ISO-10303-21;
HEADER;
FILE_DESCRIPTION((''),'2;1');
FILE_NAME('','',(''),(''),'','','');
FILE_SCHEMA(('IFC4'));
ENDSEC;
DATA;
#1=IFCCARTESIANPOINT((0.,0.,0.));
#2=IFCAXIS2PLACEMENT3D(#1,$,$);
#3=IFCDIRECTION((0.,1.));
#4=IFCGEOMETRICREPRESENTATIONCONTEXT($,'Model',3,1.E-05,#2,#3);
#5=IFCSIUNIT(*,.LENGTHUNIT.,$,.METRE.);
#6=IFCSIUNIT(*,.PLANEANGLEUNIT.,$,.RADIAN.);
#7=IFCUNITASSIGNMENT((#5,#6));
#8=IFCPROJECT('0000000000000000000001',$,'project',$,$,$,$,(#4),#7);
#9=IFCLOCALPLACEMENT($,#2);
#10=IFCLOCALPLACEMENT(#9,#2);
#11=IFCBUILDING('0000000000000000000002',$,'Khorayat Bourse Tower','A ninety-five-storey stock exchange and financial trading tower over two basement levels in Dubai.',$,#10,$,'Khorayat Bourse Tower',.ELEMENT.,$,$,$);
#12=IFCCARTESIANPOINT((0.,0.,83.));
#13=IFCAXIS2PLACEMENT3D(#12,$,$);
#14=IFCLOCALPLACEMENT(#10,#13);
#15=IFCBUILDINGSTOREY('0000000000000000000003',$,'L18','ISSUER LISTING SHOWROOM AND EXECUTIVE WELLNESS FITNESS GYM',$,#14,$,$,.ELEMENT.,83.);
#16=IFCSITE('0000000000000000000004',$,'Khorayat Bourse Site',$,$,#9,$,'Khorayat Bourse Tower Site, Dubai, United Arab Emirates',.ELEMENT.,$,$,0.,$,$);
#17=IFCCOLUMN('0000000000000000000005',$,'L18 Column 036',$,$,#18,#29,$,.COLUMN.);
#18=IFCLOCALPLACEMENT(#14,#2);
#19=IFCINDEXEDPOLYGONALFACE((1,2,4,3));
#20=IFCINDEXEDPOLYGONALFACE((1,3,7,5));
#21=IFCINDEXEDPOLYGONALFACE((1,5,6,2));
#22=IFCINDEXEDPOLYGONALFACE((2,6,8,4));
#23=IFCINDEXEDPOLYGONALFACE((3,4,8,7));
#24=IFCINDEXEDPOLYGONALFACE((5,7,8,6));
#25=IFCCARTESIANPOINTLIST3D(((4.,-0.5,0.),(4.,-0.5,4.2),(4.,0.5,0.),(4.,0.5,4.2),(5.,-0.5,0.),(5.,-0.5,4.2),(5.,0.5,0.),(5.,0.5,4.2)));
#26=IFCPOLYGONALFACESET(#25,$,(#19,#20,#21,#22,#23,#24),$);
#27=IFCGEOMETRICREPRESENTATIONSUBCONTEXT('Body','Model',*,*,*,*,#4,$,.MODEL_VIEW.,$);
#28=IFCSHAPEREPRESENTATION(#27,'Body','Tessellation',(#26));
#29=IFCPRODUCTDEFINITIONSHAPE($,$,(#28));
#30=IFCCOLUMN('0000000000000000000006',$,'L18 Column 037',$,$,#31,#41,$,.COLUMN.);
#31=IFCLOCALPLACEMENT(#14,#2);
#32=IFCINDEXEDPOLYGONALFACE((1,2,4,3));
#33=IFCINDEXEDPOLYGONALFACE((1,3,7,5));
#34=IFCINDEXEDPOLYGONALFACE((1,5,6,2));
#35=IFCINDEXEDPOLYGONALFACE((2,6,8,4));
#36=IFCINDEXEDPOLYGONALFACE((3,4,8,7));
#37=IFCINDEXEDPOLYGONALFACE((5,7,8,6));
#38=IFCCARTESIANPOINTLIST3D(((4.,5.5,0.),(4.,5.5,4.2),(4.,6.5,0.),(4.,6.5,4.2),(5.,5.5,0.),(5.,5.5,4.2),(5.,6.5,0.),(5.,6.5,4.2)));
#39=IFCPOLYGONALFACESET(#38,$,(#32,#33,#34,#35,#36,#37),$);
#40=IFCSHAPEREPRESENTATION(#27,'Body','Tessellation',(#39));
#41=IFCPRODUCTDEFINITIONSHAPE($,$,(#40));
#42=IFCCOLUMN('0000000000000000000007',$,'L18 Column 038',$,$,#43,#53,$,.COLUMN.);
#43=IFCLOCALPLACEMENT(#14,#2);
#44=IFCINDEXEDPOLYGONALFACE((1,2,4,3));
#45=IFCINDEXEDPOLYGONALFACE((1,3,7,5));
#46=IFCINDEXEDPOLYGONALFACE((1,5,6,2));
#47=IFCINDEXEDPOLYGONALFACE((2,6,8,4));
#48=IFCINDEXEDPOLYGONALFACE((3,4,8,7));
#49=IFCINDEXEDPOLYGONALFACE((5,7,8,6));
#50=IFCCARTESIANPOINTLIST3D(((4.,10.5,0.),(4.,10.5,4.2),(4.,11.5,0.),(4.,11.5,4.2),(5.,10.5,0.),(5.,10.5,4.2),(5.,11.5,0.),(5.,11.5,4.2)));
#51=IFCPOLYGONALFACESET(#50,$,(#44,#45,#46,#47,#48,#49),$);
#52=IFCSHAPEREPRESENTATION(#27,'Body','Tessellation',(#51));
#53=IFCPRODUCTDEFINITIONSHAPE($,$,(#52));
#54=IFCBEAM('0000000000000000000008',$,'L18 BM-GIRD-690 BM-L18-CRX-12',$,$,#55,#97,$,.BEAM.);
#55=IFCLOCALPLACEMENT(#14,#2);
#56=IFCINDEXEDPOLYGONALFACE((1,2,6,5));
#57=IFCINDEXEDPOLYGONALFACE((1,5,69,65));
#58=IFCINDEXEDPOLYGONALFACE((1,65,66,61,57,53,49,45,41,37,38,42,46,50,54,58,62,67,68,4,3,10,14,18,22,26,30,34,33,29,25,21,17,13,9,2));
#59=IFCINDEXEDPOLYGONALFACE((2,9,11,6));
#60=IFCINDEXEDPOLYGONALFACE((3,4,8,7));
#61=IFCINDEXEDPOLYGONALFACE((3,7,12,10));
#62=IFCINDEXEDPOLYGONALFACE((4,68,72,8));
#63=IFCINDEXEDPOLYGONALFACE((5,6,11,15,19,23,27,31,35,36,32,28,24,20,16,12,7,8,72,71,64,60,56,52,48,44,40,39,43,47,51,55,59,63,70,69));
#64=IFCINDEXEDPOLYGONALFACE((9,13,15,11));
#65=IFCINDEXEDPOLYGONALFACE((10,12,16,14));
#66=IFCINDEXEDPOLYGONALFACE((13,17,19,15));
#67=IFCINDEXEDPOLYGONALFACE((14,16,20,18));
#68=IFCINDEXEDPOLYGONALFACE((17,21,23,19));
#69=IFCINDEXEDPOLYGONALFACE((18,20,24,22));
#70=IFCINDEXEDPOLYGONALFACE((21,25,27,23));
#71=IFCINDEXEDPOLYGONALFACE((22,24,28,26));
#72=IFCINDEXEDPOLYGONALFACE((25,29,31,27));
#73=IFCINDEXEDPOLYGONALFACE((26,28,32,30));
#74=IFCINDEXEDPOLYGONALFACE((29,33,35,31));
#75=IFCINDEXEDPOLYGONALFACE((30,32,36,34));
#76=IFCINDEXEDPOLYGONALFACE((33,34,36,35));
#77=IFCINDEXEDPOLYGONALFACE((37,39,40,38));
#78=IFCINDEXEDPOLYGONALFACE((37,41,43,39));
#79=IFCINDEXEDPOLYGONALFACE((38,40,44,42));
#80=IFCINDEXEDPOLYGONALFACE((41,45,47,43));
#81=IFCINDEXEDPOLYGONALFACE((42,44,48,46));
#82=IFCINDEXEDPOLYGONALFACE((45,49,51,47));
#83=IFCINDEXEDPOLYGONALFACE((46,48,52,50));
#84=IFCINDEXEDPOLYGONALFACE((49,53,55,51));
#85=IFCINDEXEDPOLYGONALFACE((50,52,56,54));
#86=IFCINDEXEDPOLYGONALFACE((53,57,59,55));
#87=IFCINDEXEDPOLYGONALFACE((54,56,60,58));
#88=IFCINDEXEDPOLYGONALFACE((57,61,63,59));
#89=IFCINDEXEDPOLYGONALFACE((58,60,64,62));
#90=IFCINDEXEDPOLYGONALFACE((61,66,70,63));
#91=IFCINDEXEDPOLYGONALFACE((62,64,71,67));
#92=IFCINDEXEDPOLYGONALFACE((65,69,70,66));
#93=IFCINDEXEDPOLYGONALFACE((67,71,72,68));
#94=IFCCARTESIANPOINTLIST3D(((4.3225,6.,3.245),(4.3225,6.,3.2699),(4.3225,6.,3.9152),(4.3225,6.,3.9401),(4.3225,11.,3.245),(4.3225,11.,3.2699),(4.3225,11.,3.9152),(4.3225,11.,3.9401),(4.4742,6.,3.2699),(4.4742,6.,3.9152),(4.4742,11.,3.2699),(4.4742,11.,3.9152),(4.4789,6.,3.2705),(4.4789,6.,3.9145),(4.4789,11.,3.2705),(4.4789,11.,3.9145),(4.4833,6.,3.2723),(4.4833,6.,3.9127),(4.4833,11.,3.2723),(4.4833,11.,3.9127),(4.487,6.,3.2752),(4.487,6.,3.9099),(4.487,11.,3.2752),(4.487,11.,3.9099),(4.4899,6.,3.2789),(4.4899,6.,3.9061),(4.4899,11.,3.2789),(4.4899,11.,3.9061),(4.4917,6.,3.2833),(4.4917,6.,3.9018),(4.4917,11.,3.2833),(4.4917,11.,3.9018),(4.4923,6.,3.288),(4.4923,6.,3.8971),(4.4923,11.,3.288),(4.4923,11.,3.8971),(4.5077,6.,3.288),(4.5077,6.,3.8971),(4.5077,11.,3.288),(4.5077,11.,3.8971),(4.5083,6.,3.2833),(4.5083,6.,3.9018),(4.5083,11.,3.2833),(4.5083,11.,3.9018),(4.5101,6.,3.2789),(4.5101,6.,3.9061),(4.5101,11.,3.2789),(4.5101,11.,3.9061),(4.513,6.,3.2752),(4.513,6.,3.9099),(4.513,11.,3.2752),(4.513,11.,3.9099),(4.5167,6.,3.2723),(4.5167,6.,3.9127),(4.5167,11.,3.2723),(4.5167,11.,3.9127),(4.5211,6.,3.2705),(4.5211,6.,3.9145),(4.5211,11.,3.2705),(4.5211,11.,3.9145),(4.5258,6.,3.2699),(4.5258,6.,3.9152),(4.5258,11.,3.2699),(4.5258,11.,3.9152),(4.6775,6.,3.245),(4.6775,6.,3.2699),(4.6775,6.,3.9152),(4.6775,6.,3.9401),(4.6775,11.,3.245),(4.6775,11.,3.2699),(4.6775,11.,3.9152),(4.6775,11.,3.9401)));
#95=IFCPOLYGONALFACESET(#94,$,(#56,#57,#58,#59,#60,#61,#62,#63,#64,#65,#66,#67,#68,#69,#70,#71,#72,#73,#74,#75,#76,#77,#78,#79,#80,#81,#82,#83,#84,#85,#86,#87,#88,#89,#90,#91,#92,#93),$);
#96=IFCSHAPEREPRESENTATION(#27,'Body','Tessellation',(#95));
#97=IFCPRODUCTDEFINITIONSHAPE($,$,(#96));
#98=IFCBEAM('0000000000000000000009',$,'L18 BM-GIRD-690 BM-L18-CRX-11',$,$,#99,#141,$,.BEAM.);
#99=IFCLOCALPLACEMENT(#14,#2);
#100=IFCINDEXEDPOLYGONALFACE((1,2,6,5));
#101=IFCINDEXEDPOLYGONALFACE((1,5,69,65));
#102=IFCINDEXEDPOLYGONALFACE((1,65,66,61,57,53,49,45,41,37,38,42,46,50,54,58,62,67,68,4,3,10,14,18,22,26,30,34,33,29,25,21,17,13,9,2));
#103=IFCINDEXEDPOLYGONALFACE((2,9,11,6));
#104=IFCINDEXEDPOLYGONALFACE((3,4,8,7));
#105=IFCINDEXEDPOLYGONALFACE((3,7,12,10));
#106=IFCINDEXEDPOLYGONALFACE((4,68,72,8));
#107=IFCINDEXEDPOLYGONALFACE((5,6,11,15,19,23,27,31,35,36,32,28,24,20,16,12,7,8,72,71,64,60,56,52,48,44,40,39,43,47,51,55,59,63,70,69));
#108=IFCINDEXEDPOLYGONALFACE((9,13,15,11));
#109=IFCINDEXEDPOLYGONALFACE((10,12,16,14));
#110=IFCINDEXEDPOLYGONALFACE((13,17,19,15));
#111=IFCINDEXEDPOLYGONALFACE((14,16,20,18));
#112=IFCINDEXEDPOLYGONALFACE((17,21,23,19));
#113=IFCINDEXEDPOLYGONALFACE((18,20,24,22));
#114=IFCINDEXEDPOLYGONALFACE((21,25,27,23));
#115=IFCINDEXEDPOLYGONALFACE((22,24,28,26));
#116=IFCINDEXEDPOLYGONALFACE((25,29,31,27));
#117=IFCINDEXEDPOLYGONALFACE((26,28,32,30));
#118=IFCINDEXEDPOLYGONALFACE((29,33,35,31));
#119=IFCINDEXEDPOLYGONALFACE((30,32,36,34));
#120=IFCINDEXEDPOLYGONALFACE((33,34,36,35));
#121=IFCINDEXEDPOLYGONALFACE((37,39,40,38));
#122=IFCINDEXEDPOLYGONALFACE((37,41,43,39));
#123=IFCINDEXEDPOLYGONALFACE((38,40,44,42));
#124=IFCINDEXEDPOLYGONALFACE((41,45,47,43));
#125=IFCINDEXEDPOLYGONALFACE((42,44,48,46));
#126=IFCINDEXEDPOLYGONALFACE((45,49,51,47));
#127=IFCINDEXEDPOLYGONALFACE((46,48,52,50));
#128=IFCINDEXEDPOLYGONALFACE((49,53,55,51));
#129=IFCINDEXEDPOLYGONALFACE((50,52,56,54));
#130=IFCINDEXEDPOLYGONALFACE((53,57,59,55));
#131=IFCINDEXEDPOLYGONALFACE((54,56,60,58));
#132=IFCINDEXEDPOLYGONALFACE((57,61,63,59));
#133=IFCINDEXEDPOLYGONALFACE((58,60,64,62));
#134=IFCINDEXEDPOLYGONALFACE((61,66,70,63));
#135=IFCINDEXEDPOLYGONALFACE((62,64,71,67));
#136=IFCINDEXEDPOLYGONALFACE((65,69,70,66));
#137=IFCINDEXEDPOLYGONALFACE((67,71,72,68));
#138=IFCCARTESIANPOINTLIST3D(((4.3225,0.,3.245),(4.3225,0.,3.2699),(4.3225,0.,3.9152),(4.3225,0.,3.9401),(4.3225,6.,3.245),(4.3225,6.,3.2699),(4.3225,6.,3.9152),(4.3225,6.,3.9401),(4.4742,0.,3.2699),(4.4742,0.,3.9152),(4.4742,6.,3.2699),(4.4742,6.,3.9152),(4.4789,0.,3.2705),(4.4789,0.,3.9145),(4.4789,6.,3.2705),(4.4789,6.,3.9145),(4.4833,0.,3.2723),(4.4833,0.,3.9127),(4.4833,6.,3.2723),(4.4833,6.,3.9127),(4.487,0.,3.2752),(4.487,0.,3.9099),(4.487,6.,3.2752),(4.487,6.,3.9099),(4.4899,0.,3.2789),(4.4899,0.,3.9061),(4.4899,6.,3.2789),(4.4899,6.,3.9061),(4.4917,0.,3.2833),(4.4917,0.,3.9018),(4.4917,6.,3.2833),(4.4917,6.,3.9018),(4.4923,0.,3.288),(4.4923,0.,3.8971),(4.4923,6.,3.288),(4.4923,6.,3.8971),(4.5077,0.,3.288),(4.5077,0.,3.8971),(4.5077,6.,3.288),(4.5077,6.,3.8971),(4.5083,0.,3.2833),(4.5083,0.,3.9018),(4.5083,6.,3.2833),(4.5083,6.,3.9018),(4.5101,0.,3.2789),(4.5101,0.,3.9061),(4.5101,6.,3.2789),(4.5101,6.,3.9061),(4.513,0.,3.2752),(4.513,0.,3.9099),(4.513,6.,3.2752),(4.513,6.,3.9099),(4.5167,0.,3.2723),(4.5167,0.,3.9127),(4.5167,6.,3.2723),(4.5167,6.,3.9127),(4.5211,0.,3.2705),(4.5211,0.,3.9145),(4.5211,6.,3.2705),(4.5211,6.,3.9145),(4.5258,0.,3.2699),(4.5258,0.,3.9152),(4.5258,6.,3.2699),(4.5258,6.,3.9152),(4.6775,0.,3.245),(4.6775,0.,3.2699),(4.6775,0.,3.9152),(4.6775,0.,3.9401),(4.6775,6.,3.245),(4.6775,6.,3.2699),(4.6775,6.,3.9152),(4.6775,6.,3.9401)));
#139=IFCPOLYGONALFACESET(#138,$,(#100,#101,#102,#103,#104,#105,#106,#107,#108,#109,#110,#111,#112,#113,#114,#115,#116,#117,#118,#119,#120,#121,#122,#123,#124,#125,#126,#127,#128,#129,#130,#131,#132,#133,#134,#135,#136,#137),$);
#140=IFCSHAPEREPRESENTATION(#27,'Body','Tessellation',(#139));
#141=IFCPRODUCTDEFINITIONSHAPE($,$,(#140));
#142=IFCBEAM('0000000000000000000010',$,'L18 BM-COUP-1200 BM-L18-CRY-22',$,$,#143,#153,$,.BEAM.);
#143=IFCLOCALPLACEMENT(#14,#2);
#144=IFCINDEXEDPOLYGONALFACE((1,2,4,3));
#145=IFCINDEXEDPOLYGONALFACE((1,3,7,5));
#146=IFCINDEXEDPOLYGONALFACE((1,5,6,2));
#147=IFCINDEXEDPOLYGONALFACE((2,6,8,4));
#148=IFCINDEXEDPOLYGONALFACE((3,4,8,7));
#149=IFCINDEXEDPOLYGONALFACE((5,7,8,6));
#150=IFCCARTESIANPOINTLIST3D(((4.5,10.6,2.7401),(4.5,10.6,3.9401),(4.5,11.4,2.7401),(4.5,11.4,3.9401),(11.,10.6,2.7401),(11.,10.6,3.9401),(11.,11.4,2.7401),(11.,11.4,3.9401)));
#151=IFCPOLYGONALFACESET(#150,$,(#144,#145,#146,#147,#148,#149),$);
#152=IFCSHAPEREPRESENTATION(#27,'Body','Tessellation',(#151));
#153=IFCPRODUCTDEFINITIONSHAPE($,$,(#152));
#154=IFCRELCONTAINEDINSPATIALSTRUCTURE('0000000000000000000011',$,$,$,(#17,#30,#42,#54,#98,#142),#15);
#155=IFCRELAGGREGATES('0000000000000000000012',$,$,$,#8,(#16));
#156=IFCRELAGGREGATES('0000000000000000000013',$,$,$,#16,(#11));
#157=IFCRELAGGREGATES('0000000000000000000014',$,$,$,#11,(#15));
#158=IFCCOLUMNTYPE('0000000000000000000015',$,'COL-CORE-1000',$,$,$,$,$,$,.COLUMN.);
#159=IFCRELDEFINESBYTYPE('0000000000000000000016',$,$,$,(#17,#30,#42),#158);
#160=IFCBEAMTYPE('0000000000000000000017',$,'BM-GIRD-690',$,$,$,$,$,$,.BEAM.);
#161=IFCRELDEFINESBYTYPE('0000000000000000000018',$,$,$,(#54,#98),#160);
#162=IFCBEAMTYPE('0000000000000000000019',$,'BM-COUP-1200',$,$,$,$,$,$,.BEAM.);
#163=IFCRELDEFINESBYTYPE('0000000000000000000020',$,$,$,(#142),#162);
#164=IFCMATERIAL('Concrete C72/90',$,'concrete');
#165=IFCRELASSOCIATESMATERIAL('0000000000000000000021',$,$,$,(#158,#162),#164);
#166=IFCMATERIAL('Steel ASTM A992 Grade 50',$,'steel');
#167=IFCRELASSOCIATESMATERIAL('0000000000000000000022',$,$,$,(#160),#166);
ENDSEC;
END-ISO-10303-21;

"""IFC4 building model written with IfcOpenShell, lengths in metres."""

from ifc_helpers import new_model, si_unit, direction, frame, origin, origin_2d, place, context, subcontext, project, spatial, rectangle, i_section, extrude, source, transform, mapped, material, material_profile, profile_set, type_object, element, save


model = new_model("IFC4")

# Units and contexts
model_context = context("Model", 3, precision=1e-05, world=origin(), true_north=direction((0.0, 1.0)))
body_context = subcontext(model_context, "Body", "Model", "MODEL_VIEW")
ifc_project = project(units=[si_unit("LENGTHUNIT", "METRE"), si_unit("PLANEANGLEUNIT", "RADIAN")], contexts=[model_context])

# Site, building, storey
site_placement = place(None, origin())
site = spatial("IfcSite", under=ifc_project, at=site_placement, Name="Khorayat Bourse Site", LongName="Khorayat Bourse Tower Site, Dubai, United Arab Emirates", CompositionType="ELEMENT", RefElevation=0.0)
building_placement = place(site_placement, origin())
building = spatial("IfcBuilding", under=site, at=building_placement, Name="Khorayat Bourse Tower", Description="A ninety-five-storey stock exchange and financial trading tower over two basement levels in Dubai.", LongName="Khorayat Bourse Tower", CompositionType="ELEMENT")
storey_placement = place(building_placement, frame((0.0, 0.0, 83.0)))
storey = spatial("IfcBuildingStorey", under=building, at=storey_placement, Name="L18", Description="ISSUER LISTING SHOWROOM AND EXECUTIVE WELLNESS FITNESS GYM", CompositionType="ELEMENT", Elevation=83.0)

# Columns
ifc_material_1 = material(Name="Concrete C72/90", Category="concrete")
ifc_material_profile_1 = material_profile(ifc_material_1, rectangle(XDim=1.0, YDim=1.0, at=origin_2d()), Name="RC 1000x1000")
ifc_profile_set_1 = profile_set([ifc_material_profile_1], Name="Concrete C72/90")
column_type = type_object("IfcColumnType", Name="COL-CORE-1000", PredefinedType="COLUMN", material=ifc_profile_set_1)
shared_shape_1 = source(origin(), body_context, "Body", "SweptSolid", [
    extrude(rectangle(XDim=1.0, YDim=1.0, at=origin_2d()), origin(), (0.0, 0.0, 1.0), 4.2),
])
for number, where, z_axis, x_axis, name in (
    (1, (4.5, 0.0, 0.0), (0.0, 0.0, 1.0), (1.0, 0.0, 0.0), "L18 Column 036"),
    (2, (4.5, 6.0, 0.0), (0.0, 0.0, 1.0), (1.0, 0.0, 0.0), "L18 Column 037"),
    (3, (4.5, 11.0, 0.0), (0.0, 0.0, 1.0), (1.0, 0.0, 0.0), "L18 Column 038"),
):
    element("IfcColumn", number, at=place(storey_placement, frame(where, z_axis=z_axis, x_axis=x_axis)), inside=storey, type_object=column_type, Name=name, PredefinedType="COLUMN", context=body_context, shape_type="MappedRepresentation", body=[
        mapped(shared_shape_1, transform((0.0, 0.0, 0.0), scale=1.0)),
    ])

# Beams
ifc_material_2 = material(Name="Steel ASTM A992 Grade 50", Category="steel")
ifc_material_profile_2 = material_profile(ifc_material_2, i_section(OverallWidth=0.355, OverallDepth=0.6951, WebThickness=0.0154, FlangeThickness=0.0249, FilletRadius=0.0181, at=origin_2d()), Name="W690X217")
ifc_profile_set_2 = profile_set([ifc_material_profile_2], Name="Steel ASTM A992 Grade 50")
beam_type_1 = type_object("IfcBeamType", Name="BM-GIRD-690", PredefinedType="BEAM", material=ifc_profile_set_2)
shared_shape_2 = source(origin(), body_context, "Body", "SweptSolid", [
    extrude(i_section(OverallWidth=0.355, OverallDepth=0.6951, WebThickness=0.0154, FlangeThickness=0.0249, FilletRadius=0.0181, at=origin_2d()), origin(), (0.0, 0.0, 1.0), 5.0),
])
beam_1_placement = place(storey_placement, frame((4.5, 6.0, 3.5925), z_axis=(0.0, 1.0, 0.0), x_axis=(-1.0, 0.0, 0.0)))
element("IfcBeam", 4, at=beam_1_placement, inside=storey, type_object=beam_type_1, Name="L18 BM-GIRD-690 BM-L18-CRX-12", PredefinedType="BEAM", context=body_context, shape_type="MappedRepresentation", body=[
    mapped(shared_shape_2, transform((0.0, 0.0, 0.0), scale=1.0)),
])
shared_shape_3 = source(origin(), body_context, "Body", "SweptSolid", [
    extrude(i_section(OverallWidth=0.355, OverallDepth=0.6951, WebThickness=0.0154, FlangeThickness=0.0249, FilletRadius=0.0181, at=origin_2d()), origin(), (0.0, 0.0, 1.0), 6.0),
])
beam_2_placement = place(storey_placement, frame((4.5, 0.0, 3.5925), z_axis=(0.0, 1.0, 0.0), x_axis=(-1.0, 0.0, 0.0)))
element("IfcBeam", 5, at=beam_2_placement, inside=storey, type_object=beam_type_1, Name="L18 BM-GIRD-690 BM-L18-CRX-11", PredefinedType="BEAM", context=body_context, shape_type="MappedRepresentation", body=[
    mapped(shared_shape_3, transform((0.0, 0.0, 0.0), scale=1.0)),
])
ifc_material_profile_3 = material_profile(ifc_material_1, rectangle(XDim=0.8, YDim=1.2, at=origin_2d()), Name="RC 800x1200")
ifc_profile_set_3 = profile_set([ifc_material_profile_3], Name="Concrete C72/90")
beam_type_2 = type_object("IfcBeamType", Name="BM-COUP-1200", PredefinedType="BEAM", material=ifc_profile_set_3)
shared_shape_4 = source(origin(), body_context, "Body", "SweptSolid", [
    extrude(rectangle(XDim=0.8, YDim=1.2, at=origin_2d()), origin(), (0.0, 0.0, 1.0), 6.5),
])
beam_3_placement = place(storey_placement, frame((4.5, 11.0, 3.3401), z_axis=(1.0, 0.0, 0.0), x_axis=(0.0, 1.0, 0.0)))
element("IfcBeam", 6, at=beam_3_placement, inside=storey, type_object=beam_type_2, Name="L18 BM-COUP-1200 BM-L18-CRY-22", PredefinedType="BEAM", context=body_context, shape_type="MappedRepresentation", body=[
    mapped(shared_shape_4, transform((0.0, 0.0, 0.0), scale=1.0)),
])

save(model, "model.ifc")
